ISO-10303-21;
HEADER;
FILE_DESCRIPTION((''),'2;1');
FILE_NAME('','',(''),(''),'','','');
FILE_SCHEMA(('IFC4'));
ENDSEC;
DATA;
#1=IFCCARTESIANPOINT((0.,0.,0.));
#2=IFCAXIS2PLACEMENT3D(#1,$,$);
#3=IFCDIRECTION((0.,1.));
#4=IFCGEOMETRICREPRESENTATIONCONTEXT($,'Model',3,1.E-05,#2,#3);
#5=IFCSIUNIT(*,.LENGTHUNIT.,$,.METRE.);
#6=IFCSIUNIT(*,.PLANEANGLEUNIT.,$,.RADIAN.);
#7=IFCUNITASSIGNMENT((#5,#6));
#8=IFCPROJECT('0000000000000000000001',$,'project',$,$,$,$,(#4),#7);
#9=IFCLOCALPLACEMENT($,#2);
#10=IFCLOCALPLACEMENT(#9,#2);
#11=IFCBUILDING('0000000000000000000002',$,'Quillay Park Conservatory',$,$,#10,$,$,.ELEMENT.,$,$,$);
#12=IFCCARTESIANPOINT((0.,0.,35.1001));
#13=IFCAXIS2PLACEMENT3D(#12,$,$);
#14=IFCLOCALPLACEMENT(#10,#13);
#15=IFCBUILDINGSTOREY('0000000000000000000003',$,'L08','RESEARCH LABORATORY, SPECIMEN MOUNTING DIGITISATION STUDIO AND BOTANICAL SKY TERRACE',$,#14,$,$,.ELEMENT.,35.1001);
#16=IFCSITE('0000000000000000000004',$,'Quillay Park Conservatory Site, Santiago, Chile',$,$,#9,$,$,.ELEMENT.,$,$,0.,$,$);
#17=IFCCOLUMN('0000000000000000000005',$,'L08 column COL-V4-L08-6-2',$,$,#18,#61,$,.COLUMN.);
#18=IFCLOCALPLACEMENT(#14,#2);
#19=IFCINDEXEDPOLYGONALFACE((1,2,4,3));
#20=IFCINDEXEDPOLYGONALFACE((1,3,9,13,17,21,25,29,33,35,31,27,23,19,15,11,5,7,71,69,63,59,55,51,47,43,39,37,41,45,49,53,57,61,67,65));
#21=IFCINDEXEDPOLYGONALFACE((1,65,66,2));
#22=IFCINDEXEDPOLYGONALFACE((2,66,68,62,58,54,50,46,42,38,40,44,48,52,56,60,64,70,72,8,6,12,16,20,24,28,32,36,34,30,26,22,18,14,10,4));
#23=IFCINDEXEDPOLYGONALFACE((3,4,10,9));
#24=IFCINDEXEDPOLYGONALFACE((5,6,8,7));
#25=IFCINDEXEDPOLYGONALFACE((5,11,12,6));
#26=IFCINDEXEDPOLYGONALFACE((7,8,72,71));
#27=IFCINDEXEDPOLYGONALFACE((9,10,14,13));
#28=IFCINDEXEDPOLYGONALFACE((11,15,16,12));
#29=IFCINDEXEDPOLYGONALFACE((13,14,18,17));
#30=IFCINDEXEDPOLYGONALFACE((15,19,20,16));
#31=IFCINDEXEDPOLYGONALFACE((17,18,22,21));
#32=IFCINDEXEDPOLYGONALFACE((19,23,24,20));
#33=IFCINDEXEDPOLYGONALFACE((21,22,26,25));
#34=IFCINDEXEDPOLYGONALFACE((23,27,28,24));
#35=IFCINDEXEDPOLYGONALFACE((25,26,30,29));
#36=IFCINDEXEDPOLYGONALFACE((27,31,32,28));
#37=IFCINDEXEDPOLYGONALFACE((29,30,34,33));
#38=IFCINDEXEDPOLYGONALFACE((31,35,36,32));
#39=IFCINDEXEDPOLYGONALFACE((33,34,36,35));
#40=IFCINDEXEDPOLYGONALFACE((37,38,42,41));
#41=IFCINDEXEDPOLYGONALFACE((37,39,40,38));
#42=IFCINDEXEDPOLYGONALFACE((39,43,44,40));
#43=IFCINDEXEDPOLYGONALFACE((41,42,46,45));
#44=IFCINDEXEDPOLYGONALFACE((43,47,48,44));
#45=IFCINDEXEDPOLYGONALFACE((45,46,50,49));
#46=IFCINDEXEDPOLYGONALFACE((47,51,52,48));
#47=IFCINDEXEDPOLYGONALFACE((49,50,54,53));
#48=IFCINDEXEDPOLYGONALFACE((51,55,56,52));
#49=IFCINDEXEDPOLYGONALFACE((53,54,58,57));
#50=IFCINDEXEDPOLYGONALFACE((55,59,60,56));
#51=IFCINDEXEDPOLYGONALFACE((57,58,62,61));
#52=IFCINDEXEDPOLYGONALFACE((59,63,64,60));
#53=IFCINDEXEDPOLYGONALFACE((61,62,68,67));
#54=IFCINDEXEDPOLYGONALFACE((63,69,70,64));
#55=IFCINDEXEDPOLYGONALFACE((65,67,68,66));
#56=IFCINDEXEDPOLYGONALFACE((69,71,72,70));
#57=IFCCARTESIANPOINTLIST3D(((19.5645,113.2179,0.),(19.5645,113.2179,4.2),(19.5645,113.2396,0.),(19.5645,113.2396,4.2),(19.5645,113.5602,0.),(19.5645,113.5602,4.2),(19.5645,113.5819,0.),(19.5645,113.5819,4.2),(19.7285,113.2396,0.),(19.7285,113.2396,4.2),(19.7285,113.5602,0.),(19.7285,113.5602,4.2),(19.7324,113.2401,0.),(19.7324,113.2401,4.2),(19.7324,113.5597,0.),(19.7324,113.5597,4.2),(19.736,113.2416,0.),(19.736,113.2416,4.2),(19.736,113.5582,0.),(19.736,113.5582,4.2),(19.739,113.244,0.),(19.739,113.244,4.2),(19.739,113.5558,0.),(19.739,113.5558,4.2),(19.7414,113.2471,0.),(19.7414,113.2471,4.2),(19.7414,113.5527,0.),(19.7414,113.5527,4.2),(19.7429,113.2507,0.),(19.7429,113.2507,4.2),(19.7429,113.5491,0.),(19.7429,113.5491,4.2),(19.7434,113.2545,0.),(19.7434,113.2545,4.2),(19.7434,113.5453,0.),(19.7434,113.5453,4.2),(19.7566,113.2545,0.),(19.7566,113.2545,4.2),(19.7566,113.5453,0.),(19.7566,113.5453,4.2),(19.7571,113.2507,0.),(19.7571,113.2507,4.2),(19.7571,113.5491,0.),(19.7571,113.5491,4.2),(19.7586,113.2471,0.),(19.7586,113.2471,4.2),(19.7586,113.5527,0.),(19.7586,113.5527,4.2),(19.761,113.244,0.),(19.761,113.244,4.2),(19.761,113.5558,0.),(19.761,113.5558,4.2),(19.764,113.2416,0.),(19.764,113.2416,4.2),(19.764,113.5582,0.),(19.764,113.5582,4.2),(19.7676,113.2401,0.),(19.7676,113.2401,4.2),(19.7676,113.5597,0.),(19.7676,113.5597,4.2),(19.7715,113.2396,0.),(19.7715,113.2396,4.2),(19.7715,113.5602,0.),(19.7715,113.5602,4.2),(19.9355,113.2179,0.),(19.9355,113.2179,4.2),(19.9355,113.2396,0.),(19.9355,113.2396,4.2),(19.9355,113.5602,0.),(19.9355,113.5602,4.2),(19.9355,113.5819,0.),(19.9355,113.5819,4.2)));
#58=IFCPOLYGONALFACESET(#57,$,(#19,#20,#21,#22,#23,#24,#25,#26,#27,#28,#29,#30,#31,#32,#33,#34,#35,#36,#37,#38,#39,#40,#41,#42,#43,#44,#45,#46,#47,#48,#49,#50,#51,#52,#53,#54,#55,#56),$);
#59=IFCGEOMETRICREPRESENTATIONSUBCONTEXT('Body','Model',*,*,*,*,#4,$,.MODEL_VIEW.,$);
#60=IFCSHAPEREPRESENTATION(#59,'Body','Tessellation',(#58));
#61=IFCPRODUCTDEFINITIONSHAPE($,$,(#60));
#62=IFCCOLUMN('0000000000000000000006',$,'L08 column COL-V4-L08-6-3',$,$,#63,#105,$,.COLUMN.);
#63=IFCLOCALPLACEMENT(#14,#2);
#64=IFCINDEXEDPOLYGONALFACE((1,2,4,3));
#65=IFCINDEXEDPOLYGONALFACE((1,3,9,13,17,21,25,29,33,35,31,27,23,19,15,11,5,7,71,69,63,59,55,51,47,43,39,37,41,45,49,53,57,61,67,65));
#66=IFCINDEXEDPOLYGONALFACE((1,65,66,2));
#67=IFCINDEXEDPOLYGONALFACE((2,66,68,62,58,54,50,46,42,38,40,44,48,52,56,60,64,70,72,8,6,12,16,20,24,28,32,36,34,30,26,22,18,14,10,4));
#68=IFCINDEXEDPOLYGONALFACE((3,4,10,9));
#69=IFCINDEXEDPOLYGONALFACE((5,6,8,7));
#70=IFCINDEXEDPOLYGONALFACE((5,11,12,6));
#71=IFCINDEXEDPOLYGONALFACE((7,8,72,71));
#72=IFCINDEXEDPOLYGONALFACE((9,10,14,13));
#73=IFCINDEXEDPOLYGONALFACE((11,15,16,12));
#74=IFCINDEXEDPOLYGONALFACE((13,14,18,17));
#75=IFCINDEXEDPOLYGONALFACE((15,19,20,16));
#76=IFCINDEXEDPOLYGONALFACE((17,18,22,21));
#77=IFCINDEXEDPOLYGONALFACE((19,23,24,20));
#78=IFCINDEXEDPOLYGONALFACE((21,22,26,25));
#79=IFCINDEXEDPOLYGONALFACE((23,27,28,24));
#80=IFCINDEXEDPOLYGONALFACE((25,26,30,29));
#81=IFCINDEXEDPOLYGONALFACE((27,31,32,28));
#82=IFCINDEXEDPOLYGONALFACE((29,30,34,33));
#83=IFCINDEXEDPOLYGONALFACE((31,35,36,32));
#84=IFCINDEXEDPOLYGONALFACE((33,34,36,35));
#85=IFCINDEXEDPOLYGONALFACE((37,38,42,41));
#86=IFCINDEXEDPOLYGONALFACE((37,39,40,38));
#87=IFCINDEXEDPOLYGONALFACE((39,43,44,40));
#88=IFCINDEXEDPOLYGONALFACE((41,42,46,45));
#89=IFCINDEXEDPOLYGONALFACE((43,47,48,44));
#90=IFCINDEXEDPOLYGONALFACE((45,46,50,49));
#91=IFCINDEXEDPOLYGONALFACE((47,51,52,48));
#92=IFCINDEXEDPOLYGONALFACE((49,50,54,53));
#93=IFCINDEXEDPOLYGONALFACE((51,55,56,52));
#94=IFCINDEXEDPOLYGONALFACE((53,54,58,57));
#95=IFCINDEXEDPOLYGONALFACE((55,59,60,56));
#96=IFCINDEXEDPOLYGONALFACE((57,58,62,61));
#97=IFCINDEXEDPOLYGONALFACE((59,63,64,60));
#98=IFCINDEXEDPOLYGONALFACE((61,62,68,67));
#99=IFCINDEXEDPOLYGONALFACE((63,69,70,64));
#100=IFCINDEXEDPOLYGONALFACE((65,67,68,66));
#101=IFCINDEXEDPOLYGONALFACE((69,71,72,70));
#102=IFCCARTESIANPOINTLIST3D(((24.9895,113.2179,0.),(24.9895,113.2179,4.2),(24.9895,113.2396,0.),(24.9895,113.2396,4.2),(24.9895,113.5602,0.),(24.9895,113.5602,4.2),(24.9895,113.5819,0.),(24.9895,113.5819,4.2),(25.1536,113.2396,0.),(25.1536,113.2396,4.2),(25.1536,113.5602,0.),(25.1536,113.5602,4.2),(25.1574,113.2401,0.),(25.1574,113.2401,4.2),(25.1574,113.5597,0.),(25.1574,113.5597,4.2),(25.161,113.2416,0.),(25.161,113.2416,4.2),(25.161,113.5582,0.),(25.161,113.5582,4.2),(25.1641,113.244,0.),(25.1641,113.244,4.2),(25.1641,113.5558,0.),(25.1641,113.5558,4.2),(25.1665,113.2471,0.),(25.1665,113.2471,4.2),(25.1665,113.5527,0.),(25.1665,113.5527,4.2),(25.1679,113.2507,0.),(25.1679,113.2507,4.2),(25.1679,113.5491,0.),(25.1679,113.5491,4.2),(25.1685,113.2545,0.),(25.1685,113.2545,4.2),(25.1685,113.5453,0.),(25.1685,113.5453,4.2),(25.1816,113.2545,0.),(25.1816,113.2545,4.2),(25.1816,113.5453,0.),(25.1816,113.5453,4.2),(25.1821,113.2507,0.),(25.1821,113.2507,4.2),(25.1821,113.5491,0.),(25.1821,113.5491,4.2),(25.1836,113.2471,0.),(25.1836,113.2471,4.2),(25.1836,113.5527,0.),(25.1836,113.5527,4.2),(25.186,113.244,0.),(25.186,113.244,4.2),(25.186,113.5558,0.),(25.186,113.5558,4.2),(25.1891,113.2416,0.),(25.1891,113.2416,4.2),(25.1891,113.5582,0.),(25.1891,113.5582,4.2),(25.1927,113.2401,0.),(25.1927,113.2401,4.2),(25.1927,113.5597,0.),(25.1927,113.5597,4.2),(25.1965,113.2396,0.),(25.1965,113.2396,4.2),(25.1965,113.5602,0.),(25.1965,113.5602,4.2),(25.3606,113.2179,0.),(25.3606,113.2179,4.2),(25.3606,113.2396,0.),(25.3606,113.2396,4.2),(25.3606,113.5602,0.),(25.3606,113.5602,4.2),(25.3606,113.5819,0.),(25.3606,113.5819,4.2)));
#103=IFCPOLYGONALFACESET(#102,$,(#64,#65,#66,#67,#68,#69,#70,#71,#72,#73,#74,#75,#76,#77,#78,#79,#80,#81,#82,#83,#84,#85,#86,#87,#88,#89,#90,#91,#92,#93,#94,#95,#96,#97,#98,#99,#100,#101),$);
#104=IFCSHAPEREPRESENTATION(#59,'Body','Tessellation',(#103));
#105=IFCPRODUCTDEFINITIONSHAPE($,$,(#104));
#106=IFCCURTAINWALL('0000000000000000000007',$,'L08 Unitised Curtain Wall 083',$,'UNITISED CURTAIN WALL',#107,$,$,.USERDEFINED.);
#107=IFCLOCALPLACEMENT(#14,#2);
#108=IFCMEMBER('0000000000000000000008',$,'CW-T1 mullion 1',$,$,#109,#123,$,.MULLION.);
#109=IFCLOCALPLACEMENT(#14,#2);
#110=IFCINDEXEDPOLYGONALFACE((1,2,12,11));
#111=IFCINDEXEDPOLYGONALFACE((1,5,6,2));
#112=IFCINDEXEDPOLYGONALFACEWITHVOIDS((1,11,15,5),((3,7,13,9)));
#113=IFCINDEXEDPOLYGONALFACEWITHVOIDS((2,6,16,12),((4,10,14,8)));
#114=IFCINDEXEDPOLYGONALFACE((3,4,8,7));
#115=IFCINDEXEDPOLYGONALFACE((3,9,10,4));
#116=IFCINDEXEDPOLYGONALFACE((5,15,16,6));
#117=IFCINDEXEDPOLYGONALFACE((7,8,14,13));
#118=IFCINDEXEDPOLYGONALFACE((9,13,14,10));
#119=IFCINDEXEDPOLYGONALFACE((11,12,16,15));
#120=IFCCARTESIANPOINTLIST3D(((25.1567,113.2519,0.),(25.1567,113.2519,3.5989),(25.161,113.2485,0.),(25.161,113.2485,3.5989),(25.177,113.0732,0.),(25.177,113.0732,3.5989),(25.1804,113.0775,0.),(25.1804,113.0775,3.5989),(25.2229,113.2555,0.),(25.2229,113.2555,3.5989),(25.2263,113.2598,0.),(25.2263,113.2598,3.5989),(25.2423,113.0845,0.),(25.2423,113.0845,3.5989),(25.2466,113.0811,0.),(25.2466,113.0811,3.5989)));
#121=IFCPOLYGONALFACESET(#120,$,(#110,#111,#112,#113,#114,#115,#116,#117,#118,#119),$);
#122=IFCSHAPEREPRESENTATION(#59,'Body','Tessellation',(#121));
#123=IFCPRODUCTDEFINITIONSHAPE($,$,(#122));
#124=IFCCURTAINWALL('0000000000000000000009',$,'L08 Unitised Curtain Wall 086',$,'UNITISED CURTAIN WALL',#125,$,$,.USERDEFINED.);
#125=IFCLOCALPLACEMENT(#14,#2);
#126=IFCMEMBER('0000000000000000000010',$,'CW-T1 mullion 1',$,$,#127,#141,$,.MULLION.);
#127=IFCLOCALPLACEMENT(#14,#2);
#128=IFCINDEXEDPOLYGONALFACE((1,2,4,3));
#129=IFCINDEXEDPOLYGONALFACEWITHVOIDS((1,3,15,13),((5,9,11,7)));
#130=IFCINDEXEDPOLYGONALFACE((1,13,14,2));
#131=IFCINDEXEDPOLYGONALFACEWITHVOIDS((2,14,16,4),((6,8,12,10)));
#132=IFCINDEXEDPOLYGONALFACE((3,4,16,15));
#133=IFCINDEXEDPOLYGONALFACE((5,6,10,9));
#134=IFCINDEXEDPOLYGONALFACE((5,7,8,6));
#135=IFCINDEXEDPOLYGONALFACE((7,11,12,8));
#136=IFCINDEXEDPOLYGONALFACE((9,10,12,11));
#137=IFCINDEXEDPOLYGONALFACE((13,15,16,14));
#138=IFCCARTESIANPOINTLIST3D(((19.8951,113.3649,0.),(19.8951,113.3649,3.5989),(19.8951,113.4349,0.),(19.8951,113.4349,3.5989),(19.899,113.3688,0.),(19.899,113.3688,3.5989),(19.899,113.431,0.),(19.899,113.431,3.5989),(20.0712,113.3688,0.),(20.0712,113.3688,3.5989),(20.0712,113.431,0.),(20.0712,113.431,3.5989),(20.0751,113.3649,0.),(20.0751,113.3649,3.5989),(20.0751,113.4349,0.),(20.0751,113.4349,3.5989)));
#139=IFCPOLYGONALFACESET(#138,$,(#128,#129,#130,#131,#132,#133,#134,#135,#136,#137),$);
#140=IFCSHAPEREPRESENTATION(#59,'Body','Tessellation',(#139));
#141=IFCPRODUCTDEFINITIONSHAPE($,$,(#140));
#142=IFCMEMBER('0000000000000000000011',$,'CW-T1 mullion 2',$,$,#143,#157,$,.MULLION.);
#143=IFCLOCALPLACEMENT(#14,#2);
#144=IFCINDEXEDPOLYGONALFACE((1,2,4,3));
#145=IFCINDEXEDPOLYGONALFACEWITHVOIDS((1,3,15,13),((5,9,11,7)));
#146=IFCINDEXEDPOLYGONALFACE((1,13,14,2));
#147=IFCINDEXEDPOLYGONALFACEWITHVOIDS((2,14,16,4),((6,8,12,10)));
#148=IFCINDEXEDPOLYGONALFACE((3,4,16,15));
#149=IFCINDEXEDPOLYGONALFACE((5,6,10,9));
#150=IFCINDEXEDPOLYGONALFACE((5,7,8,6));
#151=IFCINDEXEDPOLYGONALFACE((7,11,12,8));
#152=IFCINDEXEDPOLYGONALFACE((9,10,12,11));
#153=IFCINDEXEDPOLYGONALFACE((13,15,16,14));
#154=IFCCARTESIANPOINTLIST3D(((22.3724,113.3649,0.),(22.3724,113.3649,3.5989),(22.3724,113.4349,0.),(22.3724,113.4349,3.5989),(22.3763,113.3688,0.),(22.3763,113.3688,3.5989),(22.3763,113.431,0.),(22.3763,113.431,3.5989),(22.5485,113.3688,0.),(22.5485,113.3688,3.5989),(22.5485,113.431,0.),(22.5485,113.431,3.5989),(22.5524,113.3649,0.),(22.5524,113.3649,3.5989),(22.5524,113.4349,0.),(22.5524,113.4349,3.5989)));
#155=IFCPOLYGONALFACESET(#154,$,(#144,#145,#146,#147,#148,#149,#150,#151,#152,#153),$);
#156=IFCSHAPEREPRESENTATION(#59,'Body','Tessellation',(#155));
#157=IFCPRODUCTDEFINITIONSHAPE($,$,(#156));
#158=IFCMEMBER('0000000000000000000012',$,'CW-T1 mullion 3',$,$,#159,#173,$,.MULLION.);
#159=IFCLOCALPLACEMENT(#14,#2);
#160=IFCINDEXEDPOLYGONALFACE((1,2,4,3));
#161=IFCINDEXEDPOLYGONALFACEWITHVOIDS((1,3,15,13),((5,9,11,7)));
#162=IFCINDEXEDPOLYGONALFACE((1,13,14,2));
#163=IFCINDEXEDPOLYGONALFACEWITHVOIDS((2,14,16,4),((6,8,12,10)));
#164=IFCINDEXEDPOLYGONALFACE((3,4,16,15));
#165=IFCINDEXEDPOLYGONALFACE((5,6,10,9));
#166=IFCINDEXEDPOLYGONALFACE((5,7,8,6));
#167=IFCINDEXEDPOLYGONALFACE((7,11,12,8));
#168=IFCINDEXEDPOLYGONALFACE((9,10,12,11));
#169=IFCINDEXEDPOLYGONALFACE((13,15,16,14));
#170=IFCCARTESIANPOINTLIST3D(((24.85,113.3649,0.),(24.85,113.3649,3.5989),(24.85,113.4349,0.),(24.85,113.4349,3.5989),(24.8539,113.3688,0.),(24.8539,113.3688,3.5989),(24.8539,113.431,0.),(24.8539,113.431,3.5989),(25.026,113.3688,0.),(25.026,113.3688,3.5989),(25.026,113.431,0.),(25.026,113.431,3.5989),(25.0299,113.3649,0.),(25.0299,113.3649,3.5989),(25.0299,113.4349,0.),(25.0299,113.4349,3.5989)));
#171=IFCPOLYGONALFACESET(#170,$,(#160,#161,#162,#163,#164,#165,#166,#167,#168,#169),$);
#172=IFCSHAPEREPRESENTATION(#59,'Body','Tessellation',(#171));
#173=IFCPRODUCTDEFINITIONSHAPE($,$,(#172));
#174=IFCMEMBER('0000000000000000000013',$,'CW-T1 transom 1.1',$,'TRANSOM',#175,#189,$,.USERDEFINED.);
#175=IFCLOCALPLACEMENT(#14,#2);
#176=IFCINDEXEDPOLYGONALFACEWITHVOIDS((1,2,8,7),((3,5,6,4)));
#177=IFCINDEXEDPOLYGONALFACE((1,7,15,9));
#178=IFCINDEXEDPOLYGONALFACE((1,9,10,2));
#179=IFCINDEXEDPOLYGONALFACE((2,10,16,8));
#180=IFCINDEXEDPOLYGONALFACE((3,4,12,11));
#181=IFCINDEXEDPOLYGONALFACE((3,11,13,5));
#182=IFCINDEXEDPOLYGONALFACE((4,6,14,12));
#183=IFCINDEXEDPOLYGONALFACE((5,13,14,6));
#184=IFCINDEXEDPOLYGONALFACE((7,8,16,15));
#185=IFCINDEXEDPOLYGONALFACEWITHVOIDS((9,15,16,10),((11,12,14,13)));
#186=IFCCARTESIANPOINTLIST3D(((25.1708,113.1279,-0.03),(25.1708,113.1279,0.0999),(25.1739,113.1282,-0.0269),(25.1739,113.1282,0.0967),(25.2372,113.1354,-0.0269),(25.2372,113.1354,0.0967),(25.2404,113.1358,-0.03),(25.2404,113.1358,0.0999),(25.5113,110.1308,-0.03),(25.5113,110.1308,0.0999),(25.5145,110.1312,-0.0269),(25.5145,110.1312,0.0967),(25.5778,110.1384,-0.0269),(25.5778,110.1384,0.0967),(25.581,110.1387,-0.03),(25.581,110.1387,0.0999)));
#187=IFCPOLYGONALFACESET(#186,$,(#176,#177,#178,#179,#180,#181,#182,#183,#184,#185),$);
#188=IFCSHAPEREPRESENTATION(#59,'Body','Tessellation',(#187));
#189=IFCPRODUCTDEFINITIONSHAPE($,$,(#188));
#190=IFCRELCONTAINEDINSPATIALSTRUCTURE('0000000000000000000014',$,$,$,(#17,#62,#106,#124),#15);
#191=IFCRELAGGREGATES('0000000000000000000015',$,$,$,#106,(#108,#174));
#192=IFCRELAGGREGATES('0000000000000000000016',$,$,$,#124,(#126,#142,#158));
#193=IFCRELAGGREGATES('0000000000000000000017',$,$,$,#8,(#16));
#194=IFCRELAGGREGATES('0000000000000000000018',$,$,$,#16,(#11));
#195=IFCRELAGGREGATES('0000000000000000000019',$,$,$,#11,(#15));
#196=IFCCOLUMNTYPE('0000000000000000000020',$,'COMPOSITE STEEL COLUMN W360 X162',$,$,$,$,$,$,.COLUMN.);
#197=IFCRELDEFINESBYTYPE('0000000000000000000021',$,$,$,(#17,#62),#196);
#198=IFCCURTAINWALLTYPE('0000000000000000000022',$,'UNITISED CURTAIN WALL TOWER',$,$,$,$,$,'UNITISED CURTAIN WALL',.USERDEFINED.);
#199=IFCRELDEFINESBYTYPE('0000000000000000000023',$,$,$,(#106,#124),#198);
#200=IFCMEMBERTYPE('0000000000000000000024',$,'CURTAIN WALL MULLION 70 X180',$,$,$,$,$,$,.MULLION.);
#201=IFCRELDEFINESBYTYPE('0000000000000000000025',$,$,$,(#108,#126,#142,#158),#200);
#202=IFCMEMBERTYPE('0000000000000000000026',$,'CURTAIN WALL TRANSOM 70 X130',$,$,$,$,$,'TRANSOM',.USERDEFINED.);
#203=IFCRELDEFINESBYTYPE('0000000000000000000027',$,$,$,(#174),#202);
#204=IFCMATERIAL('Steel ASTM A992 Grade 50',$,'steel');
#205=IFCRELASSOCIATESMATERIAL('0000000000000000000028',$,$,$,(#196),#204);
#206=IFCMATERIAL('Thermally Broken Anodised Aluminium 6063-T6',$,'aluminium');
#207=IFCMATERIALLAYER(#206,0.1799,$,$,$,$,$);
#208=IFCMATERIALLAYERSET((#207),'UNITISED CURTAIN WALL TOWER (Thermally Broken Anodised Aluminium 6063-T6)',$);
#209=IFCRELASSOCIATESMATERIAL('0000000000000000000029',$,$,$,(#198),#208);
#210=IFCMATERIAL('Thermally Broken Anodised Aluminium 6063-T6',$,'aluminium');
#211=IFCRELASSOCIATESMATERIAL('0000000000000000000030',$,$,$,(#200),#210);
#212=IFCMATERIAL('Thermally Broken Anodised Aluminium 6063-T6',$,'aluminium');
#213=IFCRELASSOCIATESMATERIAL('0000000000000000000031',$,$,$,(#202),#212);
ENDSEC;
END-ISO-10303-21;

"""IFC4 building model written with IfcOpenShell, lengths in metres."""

from ifc_helpers import new_model, si_unit, direction, frame, origin, origin_2d, place, context, subcontext, project, spatial, hollow_rectangle, i_section, extrude, material, layer, layer_set, material_profile, profile_set, type_object, element, aggregate, save


model = new_model("IFC4")

# Units and contexts
model_context = context("Model", 3, precision=1e-05, world=origin(), true_north=direction((0.0, 1.0)))
body_context = subcontext(model_context, "Body", "Model", "MODEL_VIEW")
ifc_project = project(units=[si_unit("LENGTHUNIT", "METRE"), si_unit("PLANEANGLEUNIT", "RADIAN")], contexts=[model_context])

# Site, building, storey
site_placement = place(None, origin())
site = spatial("IfcSite", under=ifc_project, at=site_placement, Name="Quillay Park Conservatory Site, Santiago, Chile", CompositionType="ELEMENT", RefElevation=0.0)
building_placement = place(site_placement, origin())
building = spatial("IfcBuilding", under=site, at=building_placement, Name="Quillay Park Conservatory", CompositionType="ELEMENT")
storey_placement = place(building_placement, frame((0.0, 0.0, 35.1001)))
storey = spatial("IfcBuildingStorey", under=building, at=storey_placement, Name="L08", Description="RESEARCH LABORATORY, SPECIMEN MOUNTING DIGITISATION STUDIO AND BOTANICAL SKY TERRACE", CompositionType="ELEMENT", Elevation=35.1001)

# Columns
ifc_material_1 = material(Name="Steel ASTM A992 Grade 50", Category="steel")
ifc_material_profile_1 = material_profile(ifc_material_1, i_section(OverallWidth=0.3711, OverallDepth=0.364, WebThickness=0.0132, FlangeThickness=0.0217, FilletRadius=0.0149, at=origin_2d()), Name="W360x162")
ifc_profile_set_1 = profile_set([ifc_material_profile_1], Name="Steel ASTM A992 Grade 50")
column_type = type_object("IfcColumnType", Name="COMPOSITE STEEL COLUMN W360 X162", PredefinedType="COLUMN", material=ifc_profile_set_1)
for number, where, z_axis, x_axis, name in (
    (1, (19.75, 113.3999, 0.0), (0.0, 0.0, 1.0), (1.0, 0.0, 0.0), "L08 column COL-V4-L08-6-2"),
    (2, (25.175, 113.3999, 0.0), (0.0, 0.0, 1.0), (1.0, 0.0, 0.0), "L08 column COL-V4-L08-6-3"),
):
    element("IfcColumn", number, at=place(storey_placement, frame(where, z_axis=z_axis, x_axis=x_axis)), inside=storey, type_object=column_type, Name=name, PredefinedType="COLUMN", context=body_context, shape_type="SweptSolid", body=[
        extrude(i_section(OverallWidth=0.3711, OverallDepth=0.364, WebThickness=0.0132, FlangeThickness=0.0217, FilletRadius=0.0149, at=origin_2d()), origin(), (0.0, 0.0, 1.0), 4.2),
    ])

# Curtain wall, member
ifc_material_2 = material(Name="Thermally Broken Anodised Aluminium 6063-T6", Category="aluminium")
ifc_layer_1 = layer(ifc_material_2, 0.1799)
ifc_layer_set_1 = layer_set([ifc_layer_1], Name="UNITISED CURTAIN WALL TOWER (Thermally Broken Anodised Aluminium 6063-T6)")
curtain_wall_type = type_object("IfcCurtainWallType", Name="UNITISED CURTAIN WALL TOWER", ElementType="UNITISED CURTAIN WALL", PredefinedType="USERDEFINED", material=ifc_layer_set_1)
curtain_wall_1_placement = place(storey_placement, origin())
curtain_wall_1 = element("IfcCurtainWall", 3, at=curtain_wall_1_placement, inside=storey, type_object=curtain_wall_type, Name="L08 Unitised Curtain Wall 083", ObjectType="UNITISED CURTAIN WALL", PredefinedType="USERDEFINED")
ifc_material_3 = material(Name="Thermally Broken Anodised Aluminium 6063-T6", Category="aluminium")
ifc_material_profile_2 = material_profile(ifc_material_3, hollow_rectangle(XDim=0.0701, YDim=0.1799, WallThickness=0.0039, at=origin_2d()), Name="AL70x180x4")
ifc_profile_set_2 = profile_set([ifc_material_profile_2], Name="Thermally Broken Anodised Aluminium 6063-T6")
member_type_1 = type_object("IfcMemberType", Name="CURTAIN WALL MULLION 70 X180", PredefinedType="MULLION", material=ifc_profile_set_2)
member_1_placement = place(storey_placement, frame((25.2017, 113.1665, 0.0), z_axis=(0.0, 0.0, 1.0), x_axis=(0.993606, 0.112903, 0.0)))
member_1 = element("IfcMember", 4, at=member_1_placement, type_object=member_type_1, Name="CW-T1 mullion 1", PredefinedType="MULLION", context=body_context, shape_type="SweptSolid", body=[
    extrude(hollow_rectangle(XDim=0.0701, YDim=0.1799, WallThickness=0.0039, at=origin_2d()), origin(), (0.0, 0.0, 1.0), 3.5989),
])

# Curtain wall, members
curtain_wall_2_placement = place(storey_placement, origin())
curtain_wall_2 = element("IfcCurtainWall", 5, at=curtain_wall_2_placement, inside=storey, type_object=curtain_wall_type, Name="L08 Unitised Curtain Wall 086", ObjectType="UNITISED CURTAIN WALL", PredefinedType="USERDEFINED")
member_2_placement = place(storey_placement, frame((19.9851, 113.3999, 0.0), z_axis=(0.0, 0.0, 1.0), x_axis=(0.0, 1.0, 0.0)))
member_2 = element("IfcMember", 6, at=member_2_placement, type_object=member_type_1, Name="CW-T1 mullion 1", PredefinedType="MULLION", context=body_context, shape_type="SweptSolid", body=[
    extrude(hollow_rectangle(XDim=0.0701, YDim=0.1799, WallThickness=0.0039, at=origin_2d()), origin(), (0.0, 0.0, 1.0), 3.5989),
])
member_3_placement = place(storey_placement, frame((22.4624, 113.3999, 0.0), z_axis=(0.0, 0.0, 1.0), x_axis=(0.0, 1.0, 0.0)))
member_3 = element("IfcMember", 7, at=member_3_placement, type_object=member_type_1, Name="CW-T1 mullion 2", PredefinedType="MULLION", context=body_context, shape_type="SweptSolid", body=[
    extrude(hollow_rectangle(XDim=0.0701, YDim=0.1799, WallThickness=0.0039, at=origin_2d()), origin(), (0.0, 0.0, 1.0), 3.5989),
])
member_4_placement = place(storey_placement, frame((24.9399, 113.3999, 0.0), z_axis=(0.0, 0.0, 1.0), x_axis=(0.0, 1.0, 0.0)))
member_4 = element("IfcMember", 8, at=member_4_placement, type_object=member_type_1, Name="CW-T1 mullion 3", PredefinedType="MULLION", context=body_context, shape_type="SweptSolid", body=[
    extrude(hollow_rectangle(XDim=0.0701, YDim=0.1799, WallThickness=0.0039, at=origin_2d()), origin(), (0.0, 0.0, 1.0), 3.5989),
])

# Member
ifc_material_4 = material(Name="Thermally Broken Anodised Aluminium 6063-T6", Category="aluminium")
ifc_material_profile_3 = material_profile(ifc_material_4, hollow_rectangle(XDim=0.0701, YDim=0.1299, WallThickness=0.0032, at=origin_2d()), Name="AL70x130x3.2")
ifc_profile_set_3 = profile_set([ifc_material_profile_3], Name="Thermally Broken Anodised Aluminium 6063-T6")
member_type_2 = type_object("IfcMemberType", Name="CURTAIN WALL TRANSOM 70 X130", ElementType="TRANSOM", PredefinedType="USERDEFINED", material=ifc_profile_set_3)
member_5_placement = place(storey_placement, frame((25.2056, 113.1318, 0.0349), z_axis=(0.11291, -0.993605, 0.0), x_axis=(0.993605, 0.11291, 0.0)))
member_5 = element("IfcMember", 9, at=member_5_placement, type_object=member_type_2, Name="CW-T1 transom 1.1", ObjectType="TRANSOM", PredefinedType="USERDEFINED", context=body_context, shape_type="SweptSolid", body=[
    extrude(hollow_rectangle(XDim=0.0701, YDim=0.1299, WallThickness=0.0032, at=origin_2d()), origin(), (0.0, 0.0, 1.0), 3.0164),
])

aggregate(curtain_wall_1, [member_1, member_5])
aggregate(curtain_wall_2, [member_2, member_3, member_4])

save(model, "model.ifc")
